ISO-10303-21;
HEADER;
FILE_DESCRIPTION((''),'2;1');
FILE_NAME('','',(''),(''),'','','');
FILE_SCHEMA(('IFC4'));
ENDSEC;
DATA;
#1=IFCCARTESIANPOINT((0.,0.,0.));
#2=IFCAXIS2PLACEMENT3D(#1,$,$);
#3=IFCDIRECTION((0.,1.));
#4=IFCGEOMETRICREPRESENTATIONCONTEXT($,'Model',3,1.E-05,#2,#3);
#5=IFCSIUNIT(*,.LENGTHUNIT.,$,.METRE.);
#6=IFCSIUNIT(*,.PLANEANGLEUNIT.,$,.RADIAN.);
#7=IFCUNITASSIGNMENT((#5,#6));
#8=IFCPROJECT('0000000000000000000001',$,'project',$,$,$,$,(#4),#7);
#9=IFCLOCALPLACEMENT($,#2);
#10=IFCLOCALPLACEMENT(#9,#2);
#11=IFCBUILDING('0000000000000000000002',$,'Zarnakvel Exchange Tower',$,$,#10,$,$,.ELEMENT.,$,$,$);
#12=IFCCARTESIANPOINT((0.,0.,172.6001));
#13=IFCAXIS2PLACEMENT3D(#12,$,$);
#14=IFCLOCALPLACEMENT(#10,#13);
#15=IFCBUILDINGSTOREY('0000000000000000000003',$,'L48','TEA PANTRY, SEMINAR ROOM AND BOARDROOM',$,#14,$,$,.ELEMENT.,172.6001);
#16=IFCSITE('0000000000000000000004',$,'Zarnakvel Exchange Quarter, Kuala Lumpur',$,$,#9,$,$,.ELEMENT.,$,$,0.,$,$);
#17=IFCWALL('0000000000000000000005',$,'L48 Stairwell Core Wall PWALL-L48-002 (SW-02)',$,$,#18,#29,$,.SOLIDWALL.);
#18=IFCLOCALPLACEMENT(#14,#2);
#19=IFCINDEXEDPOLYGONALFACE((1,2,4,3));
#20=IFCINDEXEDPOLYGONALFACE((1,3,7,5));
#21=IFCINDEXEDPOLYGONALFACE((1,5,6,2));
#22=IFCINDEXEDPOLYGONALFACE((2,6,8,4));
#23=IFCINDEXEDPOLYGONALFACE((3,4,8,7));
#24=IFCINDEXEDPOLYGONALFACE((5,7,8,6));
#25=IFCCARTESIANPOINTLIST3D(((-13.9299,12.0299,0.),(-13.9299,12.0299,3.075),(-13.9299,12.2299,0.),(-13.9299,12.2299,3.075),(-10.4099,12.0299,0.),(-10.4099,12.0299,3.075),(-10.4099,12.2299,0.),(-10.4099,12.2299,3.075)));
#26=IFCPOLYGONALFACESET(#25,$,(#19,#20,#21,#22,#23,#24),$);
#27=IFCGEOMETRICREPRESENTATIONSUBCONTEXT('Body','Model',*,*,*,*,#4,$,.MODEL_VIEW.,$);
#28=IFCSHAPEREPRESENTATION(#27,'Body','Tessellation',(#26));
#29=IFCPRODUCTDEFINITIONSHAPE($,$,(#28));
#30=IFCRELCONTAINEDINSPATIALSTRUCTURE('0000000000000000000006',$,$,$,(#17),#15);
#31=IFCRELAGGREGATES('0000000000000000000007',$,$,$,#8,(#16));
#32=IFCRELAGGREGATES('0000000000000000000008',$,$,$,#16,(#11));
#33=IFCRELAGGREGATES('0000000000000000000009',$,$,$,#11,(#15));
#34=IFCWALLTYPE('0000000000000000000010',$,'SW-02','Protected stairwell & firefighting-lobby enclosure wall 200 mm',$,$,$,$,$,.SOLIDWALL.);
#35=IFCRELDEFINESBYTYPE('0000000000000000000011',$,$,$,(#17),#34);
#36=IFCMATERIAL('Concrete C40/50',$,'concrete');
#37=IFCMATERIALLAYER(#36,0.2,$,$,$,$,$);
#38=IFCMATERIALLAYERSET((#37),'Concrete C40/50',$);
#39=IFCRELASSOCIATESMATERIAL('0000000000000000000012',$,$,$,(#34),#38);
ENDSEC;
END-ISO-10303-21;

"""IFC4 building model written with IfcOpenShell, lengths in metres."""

from ifc_helpers import new_model, si_unit, direction, frame, frame_2d, origin, place, context, subcontext, project, spatial, rectangle, extrude, material, layer, layer_set, type_object, element, save


model = new_model("IFC4")

# Units and contexts
model_context = context("Model", 3, precision=1e-05, world=origin(), true_north=direction((0.0, 1.0)))
body_context = subcontext(model_context, "Body", "Model", "MODEL_VIEW")
ifc_project = project(units=[si_unit("LENGTHUNIT", "METRE"), si_unit("PLANEANGLEUNIT", "RADIAN")], contexts=[model_context])

# Site, building, storey
site_placement = place(None, origin())
site = spatial("IfcSite", under=ifc_project, at=site_placement, Name="Zarnakvel Exchange Quarter, Kuala Lumpur", CompositionType="ELEMENT", RefElevation=0.0)
building_placement = place(site_placement, origin())
building = spatial("IfcBuilding", under=site, at=building_placement, Name="Zarnakvel Exchange Tower", CompositionType="ELEMENT")
storey_placement = place(building_placement, frame((0.0, 0.0, 172.6001)))
storey = spatial("IfcBuildingStorey", under=building, at=storey_placement, Name="L48", Description="TEA PANTRY, SEMINAR ROOM AND BOARDROOM", CompositionType="ELEMENT", Elevation=172.6001)

# Wall
ifc_material_1 = material(Name="Concrete C40/50", Category="concrete")
ifc_layer_1 = layer(ifc_material_1, 0.2)
ifc_layer_set_1 = layer_set([ifc_layer_1], Name="Concrete C40/50")
wall_type_1 = type_object("IfcWallType", Name="SW-02", Description="Protected stairwell & firefighting-lobby enclosure wall 200 mm", PredefinedType="SOLIDWALL", material=ifc_layer_set_1)
wall_1_placement = place(storey_placement, frame((-13.9299, 12.1299, 0.0), z_axis=(0.0, 0.0, 1.0), x_axis=(1.0, 0.0, 0.0)))
element("IfcWall", 1, at=wall_1_placement, inside=storey, type_object=wall_type_1, Name="L48 Stairwell Core Wall PWALL-L48-002 (SW-02)", PredefinedType="SOLIDWALL", context=body_context, shape_type="SweptSolid", body=[
    extrude(rectangle(XDim=3.52, YDim=0.2, at=frame_2d((1.76, 0.0))), origin(), (0.0, 0.0, 1.0), 3.075),
])

save(model, "model.ifc")
